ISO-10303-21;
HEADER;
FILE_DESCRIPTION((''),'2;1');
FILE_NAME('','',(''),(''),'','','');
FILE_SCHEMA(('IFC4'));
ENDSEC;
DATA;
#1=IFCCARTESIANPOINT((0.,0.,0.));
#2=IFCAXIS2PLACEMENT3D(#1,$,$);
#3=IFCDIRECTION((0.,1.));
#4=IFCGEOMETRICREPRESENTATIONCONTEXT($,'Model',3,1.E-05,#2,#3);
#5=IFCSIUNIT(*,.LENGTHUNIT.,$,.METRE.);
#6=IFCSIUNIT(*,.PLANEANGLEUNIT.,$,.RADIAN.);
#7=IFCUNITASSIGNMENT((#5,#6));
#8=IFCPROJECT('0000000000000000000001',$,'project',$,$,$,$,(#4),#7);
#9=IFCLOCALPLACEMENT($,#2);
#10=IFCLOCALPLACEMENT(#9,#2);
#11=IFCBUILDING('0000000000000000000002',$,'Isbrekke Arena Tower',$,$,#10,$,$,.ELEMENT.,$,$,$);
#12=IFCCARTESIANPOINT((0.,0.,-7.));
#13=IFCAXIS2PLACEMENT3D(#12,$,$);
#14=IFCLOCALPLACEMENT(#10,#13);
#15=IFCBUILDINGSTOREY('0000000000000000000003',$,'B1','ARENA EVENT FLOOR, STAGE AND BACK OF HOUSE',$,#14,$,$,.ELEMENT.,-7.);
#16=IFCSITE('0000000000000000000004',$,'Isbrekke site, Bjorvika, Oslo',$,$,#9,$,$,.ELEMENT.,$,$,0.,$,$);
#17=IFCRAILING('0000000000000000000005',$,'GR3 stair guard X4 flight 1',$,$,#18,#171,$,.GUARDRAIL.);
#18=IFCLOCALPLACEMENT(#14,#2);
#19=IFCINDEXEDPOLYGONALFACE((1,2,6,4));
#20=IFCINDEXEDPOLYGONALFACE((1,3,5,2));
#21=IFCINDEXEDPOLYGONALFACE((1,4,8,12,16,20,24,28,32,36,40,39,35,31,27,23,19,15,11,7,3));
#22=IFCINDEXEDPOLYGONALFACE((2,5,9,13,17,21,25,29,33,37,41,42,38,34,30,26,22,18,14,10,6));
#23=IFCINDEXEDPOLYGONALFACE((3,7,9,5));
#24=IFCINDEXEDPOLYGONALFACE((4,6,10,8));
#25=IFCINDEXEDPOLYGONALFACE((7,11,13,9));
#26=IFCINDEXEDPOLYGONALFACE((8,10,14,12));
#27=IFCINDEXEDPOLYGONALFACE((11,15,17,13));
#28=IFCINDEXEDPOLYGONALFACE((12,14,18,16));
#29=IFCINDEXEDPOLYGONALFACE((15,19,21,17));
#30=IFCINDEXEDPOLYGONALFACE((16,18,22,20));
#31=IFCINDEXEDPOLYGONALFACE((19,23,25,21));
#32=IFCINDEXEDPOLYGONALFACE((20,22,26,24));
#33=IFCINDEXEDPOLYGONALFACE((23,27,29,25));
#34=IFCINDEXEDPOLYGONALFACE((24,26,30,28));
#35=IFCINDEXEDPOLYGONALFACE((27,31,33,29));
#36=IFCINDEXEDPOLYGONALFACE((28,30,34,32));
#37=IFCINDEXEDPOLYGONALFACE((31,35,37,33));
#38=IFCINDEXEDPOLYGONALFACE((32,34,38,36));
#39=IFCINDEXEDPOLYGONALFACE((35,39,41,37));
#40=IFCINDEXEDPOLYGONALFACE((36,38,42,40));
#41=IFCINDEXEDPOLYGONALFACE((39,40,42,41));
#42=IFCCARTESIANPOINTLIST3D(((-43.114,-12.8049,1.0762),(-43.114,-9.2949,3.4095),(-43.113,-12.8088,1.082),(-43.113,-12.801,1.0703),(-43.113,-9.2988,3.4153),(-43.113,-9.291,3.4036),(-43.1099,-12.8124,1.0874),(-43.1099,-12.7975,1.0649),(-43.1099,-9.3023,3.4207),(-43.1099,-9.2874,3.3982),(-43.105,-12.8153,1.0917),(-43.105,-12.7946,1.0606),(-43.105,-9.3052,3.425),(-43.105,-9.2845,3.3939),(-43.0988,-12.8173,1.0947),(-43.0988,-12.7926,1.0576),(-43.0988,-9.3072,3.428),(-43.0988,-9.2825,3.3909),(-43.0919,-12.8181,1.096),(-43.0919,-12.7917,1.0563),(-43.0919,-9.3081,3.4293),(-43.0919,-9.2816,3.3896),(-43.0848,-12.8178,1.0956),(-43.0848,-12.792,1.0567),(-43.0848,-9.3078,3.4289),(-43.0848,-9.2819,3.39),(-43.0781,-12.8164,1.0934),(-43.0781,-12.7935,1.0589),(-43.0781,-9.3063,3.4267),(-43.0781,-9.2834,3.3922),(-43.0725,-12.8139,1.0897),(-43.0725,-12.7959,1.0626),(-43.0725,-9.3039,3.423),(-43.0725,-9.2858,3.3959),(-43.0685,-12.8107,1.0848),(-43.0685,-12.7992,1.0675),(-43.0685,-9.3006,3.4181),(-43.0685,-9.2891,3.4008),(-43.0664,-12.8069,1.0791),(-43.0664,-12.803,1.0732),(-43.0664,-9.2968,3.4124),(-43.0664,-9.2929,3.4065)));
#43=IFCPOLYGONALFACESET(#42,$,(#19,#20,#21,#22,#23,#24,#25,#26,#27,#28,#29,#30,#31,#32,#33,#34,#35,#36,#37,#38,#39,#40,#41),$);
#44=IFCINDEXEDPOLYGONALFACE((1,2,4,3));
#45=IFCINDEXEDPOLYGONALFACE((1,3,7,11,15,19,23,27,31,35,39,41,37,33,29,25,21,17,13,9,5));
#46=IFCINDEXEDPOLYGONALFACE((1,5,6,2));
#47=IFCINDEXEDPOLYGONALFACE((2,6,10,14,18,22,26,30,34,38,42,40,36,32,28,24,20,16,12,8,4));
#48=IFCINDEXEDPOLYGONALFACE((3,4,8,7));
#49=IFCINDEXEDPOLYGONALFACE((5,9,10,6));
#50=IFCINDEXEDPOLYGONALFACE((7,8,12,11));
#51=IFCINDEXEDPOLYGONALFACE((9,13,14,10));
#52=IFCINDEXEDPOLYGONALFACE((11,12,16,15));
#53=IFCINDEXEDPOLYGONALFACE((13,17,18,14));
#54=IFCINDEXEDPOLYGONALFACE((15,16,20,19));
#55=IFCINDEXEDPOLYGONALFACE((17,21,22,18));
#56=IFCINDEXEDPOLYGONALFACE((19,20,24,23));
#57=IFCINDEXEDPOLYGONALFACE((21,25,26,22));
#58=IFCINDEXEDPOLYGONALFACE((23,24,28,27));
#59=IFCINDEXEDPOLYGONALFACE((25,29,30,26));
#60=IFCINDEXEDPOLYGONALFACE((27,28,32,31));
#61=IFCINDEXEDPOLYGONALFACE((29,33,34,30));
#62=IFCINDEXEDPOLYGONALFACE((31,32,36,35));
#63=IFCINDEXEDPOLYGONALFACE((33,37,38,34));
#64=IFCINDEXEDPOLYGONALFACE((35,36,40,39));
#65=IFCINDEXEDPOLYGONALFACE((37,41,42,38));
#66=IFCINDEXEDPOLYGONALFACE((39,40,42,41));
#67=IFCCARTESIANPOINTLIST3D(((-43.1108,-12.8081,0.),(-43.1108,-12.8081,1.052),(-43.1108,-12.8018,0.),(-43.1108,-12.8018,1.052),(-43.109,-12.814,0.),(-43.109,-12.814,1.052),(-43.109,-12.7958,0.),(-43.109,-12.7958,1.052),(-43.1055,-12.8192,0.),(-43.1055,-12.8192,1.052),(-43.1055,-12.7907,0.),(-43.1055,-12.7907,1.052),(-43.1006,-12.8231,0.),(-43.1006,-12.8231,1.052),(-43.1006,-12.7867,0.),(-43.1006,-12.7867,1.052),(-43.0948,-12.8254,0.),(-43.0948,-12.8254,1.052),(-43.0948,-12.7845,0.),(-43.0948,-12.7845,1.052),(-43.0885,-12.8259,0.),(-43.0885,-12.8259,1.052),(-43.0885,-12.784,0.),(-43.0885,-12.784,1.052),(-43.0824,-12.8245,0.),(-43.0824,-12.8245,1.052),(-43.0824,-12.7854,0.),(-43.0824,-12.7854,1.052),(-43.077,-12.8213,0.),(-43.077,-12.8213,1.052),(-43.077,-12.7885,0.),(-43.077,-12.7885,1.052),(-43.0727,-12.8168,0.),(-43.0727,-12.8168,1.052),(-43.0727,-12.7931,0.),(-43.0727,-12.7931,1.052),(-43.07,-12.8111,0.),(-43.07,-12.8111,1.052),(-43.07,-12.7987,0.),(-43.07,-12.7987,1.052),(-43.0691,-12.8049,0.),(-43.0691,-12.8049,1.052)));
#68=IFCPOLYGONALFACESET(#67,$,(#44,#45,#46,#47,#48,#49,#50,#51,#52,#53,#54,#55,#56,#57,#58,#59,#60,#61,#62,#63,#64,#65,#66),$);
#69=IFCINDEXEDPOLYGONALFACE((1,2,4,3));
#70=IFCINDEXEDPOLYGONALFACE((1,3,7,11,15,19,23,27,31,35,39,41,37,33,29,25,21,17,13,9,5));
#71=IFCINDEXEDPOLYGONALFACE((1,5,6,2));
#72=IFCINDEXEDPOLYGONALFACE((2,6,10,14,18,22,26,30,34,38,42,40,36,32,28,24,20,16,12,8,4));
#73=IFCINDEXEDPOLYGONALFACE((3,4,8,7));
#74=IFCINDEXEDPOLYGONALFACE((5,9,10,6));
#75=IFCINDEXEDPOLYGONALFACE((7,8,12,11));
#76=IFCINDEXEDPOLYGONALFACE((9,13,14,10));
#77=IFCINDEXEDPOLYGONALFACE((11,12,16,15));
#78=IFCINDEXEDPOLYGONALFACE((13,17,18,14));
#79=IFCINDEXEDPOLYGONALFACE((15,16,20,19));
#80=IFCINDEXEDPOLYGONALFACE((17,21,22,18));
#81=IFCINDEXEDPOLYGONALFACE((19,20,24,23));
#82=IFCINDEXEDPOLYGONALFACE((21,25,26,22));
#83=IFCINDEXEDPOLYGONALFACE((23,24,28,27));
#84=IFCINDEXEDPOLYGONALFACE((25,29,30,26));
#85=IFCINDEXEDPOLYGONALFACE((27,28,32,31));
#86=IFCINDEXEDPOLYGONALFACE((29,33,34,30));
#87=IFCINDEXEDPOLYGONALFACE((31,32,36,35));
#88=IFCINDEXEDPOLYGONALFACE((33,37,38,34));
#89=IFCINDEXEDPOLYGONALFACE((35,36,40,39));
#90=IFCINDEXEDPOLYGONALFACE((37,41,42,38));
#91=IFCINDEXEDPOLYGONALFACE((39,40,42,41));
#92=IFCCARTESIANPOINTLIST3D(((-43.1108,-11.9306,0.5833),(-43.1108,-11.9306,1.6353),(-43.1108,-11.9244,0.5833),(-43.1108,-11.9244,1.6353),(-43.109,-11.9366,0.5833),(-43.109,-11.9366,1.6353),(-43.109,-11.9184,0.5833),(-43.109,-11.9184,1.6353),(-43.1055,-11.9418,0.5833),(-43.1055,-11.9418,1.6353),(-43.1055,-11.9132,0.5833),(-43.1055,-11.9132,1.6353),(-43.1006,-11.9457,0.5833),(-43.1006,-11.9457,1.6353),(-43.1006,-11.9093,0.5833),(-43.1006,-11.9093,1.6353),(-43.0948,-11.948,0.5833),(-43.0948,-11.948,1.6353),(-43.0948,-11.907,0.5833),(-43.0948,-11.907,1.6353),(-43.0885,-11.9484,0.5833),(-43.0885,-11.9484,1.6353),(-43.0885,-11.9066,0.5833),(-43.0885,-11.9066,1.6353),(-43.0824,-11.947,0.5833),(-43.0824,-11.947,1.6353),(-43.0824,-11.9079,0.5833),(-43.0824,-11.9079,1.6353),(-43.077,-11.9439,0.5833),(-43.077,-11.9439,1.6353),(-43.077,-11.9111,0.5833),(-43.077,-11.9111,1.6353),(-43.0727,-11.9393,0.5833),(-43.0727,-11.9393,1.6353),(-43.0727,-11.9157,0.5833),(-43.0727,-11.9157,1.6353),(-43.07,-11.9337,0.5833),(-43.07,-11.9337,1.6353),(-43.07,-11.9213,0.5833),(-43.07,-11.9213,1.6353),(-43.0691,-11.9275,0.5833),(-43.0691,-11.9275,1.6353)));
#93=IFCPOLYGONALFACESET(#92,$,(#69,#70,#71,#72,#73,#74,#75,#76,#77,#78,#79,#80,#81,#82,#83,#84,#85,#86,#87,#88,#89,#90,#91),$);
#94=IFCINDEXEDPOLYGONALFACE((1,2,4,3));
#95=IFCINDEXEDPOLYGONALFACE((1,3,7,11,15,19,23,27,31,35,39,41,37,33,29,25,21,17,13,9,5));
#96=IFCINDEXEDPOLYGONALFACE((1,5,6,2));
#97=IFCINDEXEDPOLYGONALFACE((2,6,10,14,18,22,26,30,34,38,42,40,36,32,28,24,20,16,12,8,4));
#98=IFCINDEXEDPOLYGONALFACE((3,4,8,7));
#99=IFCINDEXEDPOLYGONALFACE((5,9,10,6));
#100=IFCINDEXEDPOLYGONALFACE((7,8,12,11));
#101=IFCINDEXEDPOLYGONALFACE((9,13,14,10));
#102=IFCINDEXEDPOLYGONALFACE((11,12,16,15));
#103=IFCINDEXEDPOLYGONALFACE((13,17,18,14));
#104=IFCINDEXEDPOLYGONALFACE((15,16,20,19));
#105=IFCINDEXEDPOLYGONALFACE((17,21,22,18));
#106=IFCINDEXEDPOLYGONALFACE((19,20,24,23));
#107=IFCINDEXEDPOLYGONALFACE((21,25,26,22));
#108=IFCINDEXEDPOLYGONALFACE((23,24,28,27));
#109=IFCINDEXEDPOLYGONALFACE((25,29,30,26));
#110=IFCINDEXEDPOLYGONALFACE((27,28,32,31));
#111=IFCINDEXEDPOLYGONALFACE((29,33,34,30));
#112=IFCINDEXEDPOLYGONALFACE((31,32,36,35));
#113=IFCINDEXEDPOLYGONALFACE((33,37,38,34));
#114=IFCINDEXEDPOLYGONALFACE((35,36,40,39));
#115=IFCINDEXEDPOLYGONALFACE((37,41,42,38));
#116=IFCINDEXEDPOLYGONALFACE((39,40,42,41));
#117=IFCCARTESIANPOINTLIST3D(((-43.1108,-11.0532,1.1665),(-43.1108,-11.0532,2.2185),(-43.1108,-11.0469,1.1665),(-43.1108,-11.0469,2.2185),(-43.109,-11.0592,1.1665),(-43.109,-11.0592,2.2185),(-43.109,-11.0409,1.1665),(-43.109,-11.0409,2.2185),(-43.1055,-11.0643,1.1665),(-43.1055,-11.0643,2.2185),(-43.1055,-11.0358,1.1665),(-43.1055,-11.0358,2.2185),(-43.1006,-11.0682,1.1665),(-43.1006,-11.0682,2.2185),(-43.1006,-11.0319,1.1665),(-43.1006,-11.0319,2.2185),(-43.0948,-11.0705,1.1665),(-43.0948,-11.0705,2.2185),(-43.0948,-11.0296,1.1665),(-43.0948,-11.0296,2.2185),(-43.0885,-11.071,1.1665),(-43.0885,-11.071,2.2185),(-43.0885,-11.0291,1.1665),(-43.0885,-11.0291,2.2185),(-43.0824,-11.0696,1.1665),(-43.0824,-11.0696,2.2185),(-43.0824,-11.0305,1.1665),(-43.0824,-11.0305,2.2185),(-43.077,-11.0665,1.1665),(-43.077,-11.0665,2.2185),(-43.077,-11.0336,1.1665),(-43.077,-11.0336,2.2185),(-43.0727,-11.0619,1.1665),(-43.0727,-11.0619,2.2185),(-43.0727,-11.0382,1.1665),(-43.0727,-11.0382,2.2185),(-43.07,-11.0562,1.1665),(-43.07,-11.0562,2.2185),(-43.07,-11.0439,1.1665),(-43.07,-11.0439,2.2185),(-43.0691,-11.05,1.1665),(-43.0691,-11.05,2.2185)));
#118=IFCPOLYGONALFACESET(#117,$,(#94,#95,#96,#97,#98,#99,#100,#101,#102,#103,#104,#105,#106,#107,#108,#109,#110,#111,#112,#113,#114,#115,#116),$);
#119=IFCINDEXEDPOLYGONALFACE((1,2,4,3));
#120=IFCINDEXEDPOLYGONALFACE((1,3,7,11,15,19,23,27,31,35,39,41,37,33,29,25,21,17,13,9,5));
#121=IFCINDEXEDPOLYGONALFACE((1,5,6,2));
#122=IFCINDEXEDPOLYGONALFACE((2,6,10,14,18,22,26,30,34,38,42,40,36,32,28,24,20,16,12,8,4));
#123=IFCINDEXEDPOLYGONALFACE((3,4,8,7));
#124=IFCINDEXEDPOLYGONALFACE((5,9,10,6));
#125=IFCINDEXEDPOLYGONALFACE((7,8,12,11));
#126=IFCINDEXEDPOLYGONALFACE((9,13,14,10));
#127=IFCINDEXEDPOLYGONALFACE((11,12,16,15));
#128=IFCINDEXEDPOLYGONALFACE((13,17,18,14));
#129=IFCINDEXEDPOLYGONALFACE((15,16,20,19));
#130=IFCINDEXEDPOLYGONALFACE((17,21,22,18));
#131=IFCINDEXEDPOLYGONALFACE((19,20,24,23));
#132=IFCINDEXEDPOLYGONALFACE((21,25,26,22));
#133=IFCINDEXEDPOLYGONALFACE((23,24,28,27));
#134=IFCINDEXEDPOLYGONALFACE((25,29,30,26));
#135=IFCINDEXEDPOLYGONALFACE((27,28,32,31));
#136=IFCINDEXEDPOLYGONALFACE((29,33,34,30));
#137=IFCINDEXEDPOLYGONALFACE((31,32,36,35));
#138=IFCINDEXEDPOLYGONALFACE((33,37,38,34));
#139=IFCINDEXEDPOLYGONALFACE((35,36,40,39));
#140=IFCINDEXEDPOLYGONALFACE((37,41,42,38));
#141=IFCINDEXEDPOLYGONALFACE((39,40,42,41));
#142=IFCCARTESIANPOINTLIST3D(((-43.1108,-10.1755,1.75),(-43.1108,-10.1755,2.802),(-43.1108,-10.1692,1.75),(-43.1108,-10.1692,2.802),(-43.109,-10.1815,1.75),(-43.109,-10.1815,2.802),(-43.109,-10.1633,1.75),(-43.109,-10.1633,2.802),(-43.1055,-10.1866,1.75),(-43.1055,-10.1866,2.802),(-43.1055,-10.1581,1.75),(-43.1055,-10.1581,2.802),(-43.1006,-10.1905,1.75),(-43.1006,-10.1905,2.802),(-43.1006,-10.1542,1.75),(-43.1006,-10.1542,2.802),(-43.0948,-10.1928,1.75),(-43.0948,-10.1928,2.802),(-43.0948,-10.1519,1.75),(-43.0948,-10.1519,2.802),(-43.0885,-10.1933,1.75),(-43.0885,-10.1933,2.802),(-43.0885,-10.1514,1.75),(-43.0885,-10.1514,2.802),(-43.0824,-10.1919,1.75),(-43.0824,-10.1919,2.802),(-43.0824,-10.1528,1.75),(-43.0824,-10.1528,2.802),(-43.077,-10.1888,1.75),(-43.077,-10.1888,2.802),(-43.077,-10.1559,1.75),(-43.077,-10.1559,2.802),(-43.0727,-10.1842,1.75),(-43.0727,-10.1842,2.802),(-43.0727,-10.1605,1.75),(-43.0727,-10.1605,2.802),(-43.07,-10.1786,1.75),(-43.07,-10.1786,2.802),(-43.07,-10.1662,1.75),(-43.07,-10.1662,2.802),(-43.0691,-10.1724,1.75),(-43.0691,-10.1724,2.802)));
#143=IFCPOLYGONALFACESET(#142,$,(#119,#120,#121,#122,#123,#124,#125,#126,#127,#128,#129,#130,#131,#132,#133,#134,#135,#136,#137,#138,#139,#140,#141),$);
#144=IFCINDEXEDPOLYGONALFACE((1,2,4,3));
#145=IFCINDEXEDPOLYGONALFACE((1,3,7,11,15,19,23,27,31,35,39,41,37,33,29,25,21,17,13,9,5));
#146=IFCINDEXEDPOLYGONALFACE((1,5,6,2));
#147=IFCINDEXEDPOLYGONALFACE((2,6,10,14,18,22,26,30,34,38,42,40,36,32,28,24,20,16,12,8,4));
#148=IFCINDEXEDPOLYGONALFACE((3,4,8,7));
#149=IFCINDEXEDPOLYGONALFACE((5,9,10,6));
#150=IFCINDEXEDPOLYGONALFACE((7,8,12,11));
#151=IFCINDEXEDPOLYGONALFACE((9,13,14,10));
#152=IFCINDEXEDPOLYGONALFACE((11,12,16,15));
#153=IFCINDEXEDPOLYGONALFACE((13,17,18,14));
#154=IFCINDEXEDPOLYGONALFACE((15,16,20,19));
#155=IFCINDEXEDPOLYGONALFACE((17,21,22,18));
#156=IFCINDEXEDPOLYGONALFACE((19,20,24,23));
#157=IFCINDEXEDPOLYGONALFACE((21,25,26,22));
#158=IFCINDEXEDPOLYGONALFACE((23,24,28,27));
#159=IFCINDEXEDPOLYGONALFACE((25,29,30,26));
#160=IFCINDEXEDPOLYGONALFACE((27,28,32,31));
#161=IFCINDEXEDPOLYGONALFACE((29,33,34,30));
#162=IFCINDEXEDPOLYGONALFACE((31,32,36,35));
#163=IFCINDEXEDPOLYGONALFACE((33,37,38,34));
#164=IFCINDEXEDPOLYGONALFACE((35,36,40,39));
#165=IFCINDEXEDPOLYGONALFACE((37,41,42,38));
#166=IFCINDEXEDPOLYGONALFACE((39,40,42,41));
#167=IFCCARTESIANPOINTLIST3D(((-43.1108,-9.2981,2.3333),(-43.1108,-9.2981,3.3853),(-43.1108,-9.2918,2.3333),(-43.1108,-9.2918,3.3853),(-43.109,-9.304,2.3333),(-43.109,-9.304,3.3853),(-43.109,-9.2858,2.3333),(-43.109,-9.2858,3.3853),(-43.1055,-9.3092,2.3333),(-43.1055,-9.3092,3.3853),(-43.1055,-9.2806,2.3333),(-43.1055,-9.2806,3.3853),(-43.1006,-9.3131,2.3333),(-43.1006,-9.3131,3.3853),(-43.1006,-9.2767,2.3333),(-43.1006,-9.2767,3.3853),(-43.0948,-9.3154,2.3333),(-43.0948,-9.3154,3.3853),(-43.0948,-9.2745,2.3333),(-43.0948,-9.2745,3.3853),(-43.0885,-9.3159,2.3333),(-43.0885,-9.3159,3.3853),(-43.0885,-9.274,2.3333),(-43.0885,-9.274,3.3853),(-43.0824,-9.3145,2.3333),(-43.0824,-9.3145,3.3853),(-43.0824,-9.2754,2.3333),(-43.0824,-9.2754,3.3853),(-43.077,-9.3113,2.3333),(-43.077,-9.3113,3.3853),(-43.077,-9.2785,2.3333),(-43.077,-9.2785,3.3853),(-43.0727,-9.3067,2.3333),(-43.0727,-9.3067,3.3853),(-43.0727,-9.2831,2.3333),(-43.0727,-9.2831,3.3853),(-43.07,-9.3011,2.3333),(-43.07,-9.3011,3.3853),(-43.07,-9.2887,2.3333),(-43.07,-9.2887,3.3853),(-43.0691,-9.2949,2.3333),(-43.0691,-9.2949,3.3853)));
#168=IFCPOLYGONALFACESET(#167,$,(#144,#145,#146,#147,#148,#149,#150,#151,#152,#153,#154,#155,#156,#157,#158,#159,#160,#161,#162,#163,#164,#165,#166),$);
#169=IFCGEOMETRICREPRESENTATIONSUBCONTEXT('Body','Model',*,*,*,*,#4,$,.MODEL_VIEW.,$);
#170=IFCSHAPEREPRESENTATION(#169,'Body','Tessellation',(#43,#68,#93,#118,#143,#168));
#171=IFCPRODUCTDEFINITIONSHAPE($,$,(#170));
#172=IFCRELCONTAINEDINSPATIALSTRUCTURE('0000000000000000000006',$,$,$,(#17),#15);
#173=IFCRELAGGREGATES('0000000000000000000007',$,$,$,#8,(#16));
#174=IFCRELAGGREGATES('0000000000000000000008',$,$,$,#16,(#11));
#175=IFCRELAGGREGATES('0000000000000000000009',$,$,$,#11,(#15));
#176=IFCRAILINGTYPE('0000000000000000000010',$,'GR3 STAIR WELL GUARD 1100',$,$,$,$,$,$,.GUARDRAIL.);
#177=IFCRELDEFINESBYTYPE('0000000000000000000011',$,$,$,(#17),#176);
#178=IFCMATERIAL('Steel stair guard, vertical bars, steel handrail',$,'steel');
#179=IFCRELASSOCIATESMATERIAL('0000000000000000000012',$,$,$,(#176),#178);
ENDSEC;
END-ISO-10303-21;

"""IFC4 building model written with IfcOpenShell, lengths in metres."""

from ifc_helpers import new_model, si_unit, direction, frame, origin, origin_2d, place, context, subcontext, project, spatial, circle, extrude, material, type_object, element, save


model = new_model("IFC4")

# Units and contexts
model_context = context("Model", 3, precision=1e-05, world=origin(), true_north=direction((0.0, 1.0)))
body_context = subcontext(model_context, "Body", "Model", "MODEL_VIEW")
ifc_project = project(units=[si_unit("LENGTHUNIT", "METRE"), si_unit("PLANEANGLEUNIT", "RADIAN")], contexts=[model_context])

# Site, building, storey
site_placement = place(None, origin())
site = spatial("IfcSite", under=ifc_project, at=site_placement, Name="Isbrekke site, Bjorvika, Oslo", CompositionType="ELEMENT", RefElevation=0.0)
building_placement = place(site_placement, origin())
building = spatial("IfcBuilding", under=site, at=building_placement, Name="Isbrekke Arena Tower", CompositionType="ELEMENT")
storey_placement = place(building_placement, frame((0.0, 0.0, -7.0)))
storey = spatial("IfcBuildingStorey", under=building, at=storey_placement, Name="B1", Description="ARENA EVENT FLOOR, STAGE AND BACK OF HOUSE", CompositionType="ELEMENT", Elevation=-7.0)

# Railing
ifc_material_1 = material(Name="Steel stair guard, vertical bars, steel handrail", Category="steel")
railing_type = type_object("IfcRailingType", Name="GR3 STAIR WELL GUARD 1100", PredefinedType="GUARDRAIL", material=ifc_material_1)
railing_1_placement = place(storey_placement, frame((-43.0901, -12.8049, 0.0)))
element("IfcRailing", 1, at=railing_1_placement, inside=storey, type_object=railing_type, Name="GR3 stair guard X4 flight 1", PredefinedType="GUARDRAIL", context=body_context, shape_type="SweptSolid", body=[
    extrude(circle(Radius=0.0239, at=origin_2d()), frame((0.0, 0.0, 1.0762), z_axis=(0.0, 0.832789, 0.55359), x_axis=(-1.0, 0.0, 0.0)), (0.0, 0.0, 1.0), 4.2148),
    extrude(circle(Radius=0.021, at=origin_2d()), origin(), (0.0, 0.0, 1.0), 1.052),
    extrude(circle(Radius=0.021, at=origin_2d()), frame((0.0, 0.8774, 0.5833)), (0.0, 0.0, 1.0), 1.052),
    extrude(circle(Radius=0.021, at=origin_2d()), frame((0.0, 1.7549, 1.1665)), (0.0, 0.0, 1.0), 1.052),
    extrude(circle(Radius=0.021, at=origin_2d()), frame((0.0, 2.6326, 1.75)), (0.0, 0.0, 1.0), 1.052),
    extrude(circle(Radius=0.021, at=origin_2d()), frame((0.0, 3.51, 2.3333)), (0.0, 0.0, 1.0), 1.052),
])

save(model, "model.ifc")
